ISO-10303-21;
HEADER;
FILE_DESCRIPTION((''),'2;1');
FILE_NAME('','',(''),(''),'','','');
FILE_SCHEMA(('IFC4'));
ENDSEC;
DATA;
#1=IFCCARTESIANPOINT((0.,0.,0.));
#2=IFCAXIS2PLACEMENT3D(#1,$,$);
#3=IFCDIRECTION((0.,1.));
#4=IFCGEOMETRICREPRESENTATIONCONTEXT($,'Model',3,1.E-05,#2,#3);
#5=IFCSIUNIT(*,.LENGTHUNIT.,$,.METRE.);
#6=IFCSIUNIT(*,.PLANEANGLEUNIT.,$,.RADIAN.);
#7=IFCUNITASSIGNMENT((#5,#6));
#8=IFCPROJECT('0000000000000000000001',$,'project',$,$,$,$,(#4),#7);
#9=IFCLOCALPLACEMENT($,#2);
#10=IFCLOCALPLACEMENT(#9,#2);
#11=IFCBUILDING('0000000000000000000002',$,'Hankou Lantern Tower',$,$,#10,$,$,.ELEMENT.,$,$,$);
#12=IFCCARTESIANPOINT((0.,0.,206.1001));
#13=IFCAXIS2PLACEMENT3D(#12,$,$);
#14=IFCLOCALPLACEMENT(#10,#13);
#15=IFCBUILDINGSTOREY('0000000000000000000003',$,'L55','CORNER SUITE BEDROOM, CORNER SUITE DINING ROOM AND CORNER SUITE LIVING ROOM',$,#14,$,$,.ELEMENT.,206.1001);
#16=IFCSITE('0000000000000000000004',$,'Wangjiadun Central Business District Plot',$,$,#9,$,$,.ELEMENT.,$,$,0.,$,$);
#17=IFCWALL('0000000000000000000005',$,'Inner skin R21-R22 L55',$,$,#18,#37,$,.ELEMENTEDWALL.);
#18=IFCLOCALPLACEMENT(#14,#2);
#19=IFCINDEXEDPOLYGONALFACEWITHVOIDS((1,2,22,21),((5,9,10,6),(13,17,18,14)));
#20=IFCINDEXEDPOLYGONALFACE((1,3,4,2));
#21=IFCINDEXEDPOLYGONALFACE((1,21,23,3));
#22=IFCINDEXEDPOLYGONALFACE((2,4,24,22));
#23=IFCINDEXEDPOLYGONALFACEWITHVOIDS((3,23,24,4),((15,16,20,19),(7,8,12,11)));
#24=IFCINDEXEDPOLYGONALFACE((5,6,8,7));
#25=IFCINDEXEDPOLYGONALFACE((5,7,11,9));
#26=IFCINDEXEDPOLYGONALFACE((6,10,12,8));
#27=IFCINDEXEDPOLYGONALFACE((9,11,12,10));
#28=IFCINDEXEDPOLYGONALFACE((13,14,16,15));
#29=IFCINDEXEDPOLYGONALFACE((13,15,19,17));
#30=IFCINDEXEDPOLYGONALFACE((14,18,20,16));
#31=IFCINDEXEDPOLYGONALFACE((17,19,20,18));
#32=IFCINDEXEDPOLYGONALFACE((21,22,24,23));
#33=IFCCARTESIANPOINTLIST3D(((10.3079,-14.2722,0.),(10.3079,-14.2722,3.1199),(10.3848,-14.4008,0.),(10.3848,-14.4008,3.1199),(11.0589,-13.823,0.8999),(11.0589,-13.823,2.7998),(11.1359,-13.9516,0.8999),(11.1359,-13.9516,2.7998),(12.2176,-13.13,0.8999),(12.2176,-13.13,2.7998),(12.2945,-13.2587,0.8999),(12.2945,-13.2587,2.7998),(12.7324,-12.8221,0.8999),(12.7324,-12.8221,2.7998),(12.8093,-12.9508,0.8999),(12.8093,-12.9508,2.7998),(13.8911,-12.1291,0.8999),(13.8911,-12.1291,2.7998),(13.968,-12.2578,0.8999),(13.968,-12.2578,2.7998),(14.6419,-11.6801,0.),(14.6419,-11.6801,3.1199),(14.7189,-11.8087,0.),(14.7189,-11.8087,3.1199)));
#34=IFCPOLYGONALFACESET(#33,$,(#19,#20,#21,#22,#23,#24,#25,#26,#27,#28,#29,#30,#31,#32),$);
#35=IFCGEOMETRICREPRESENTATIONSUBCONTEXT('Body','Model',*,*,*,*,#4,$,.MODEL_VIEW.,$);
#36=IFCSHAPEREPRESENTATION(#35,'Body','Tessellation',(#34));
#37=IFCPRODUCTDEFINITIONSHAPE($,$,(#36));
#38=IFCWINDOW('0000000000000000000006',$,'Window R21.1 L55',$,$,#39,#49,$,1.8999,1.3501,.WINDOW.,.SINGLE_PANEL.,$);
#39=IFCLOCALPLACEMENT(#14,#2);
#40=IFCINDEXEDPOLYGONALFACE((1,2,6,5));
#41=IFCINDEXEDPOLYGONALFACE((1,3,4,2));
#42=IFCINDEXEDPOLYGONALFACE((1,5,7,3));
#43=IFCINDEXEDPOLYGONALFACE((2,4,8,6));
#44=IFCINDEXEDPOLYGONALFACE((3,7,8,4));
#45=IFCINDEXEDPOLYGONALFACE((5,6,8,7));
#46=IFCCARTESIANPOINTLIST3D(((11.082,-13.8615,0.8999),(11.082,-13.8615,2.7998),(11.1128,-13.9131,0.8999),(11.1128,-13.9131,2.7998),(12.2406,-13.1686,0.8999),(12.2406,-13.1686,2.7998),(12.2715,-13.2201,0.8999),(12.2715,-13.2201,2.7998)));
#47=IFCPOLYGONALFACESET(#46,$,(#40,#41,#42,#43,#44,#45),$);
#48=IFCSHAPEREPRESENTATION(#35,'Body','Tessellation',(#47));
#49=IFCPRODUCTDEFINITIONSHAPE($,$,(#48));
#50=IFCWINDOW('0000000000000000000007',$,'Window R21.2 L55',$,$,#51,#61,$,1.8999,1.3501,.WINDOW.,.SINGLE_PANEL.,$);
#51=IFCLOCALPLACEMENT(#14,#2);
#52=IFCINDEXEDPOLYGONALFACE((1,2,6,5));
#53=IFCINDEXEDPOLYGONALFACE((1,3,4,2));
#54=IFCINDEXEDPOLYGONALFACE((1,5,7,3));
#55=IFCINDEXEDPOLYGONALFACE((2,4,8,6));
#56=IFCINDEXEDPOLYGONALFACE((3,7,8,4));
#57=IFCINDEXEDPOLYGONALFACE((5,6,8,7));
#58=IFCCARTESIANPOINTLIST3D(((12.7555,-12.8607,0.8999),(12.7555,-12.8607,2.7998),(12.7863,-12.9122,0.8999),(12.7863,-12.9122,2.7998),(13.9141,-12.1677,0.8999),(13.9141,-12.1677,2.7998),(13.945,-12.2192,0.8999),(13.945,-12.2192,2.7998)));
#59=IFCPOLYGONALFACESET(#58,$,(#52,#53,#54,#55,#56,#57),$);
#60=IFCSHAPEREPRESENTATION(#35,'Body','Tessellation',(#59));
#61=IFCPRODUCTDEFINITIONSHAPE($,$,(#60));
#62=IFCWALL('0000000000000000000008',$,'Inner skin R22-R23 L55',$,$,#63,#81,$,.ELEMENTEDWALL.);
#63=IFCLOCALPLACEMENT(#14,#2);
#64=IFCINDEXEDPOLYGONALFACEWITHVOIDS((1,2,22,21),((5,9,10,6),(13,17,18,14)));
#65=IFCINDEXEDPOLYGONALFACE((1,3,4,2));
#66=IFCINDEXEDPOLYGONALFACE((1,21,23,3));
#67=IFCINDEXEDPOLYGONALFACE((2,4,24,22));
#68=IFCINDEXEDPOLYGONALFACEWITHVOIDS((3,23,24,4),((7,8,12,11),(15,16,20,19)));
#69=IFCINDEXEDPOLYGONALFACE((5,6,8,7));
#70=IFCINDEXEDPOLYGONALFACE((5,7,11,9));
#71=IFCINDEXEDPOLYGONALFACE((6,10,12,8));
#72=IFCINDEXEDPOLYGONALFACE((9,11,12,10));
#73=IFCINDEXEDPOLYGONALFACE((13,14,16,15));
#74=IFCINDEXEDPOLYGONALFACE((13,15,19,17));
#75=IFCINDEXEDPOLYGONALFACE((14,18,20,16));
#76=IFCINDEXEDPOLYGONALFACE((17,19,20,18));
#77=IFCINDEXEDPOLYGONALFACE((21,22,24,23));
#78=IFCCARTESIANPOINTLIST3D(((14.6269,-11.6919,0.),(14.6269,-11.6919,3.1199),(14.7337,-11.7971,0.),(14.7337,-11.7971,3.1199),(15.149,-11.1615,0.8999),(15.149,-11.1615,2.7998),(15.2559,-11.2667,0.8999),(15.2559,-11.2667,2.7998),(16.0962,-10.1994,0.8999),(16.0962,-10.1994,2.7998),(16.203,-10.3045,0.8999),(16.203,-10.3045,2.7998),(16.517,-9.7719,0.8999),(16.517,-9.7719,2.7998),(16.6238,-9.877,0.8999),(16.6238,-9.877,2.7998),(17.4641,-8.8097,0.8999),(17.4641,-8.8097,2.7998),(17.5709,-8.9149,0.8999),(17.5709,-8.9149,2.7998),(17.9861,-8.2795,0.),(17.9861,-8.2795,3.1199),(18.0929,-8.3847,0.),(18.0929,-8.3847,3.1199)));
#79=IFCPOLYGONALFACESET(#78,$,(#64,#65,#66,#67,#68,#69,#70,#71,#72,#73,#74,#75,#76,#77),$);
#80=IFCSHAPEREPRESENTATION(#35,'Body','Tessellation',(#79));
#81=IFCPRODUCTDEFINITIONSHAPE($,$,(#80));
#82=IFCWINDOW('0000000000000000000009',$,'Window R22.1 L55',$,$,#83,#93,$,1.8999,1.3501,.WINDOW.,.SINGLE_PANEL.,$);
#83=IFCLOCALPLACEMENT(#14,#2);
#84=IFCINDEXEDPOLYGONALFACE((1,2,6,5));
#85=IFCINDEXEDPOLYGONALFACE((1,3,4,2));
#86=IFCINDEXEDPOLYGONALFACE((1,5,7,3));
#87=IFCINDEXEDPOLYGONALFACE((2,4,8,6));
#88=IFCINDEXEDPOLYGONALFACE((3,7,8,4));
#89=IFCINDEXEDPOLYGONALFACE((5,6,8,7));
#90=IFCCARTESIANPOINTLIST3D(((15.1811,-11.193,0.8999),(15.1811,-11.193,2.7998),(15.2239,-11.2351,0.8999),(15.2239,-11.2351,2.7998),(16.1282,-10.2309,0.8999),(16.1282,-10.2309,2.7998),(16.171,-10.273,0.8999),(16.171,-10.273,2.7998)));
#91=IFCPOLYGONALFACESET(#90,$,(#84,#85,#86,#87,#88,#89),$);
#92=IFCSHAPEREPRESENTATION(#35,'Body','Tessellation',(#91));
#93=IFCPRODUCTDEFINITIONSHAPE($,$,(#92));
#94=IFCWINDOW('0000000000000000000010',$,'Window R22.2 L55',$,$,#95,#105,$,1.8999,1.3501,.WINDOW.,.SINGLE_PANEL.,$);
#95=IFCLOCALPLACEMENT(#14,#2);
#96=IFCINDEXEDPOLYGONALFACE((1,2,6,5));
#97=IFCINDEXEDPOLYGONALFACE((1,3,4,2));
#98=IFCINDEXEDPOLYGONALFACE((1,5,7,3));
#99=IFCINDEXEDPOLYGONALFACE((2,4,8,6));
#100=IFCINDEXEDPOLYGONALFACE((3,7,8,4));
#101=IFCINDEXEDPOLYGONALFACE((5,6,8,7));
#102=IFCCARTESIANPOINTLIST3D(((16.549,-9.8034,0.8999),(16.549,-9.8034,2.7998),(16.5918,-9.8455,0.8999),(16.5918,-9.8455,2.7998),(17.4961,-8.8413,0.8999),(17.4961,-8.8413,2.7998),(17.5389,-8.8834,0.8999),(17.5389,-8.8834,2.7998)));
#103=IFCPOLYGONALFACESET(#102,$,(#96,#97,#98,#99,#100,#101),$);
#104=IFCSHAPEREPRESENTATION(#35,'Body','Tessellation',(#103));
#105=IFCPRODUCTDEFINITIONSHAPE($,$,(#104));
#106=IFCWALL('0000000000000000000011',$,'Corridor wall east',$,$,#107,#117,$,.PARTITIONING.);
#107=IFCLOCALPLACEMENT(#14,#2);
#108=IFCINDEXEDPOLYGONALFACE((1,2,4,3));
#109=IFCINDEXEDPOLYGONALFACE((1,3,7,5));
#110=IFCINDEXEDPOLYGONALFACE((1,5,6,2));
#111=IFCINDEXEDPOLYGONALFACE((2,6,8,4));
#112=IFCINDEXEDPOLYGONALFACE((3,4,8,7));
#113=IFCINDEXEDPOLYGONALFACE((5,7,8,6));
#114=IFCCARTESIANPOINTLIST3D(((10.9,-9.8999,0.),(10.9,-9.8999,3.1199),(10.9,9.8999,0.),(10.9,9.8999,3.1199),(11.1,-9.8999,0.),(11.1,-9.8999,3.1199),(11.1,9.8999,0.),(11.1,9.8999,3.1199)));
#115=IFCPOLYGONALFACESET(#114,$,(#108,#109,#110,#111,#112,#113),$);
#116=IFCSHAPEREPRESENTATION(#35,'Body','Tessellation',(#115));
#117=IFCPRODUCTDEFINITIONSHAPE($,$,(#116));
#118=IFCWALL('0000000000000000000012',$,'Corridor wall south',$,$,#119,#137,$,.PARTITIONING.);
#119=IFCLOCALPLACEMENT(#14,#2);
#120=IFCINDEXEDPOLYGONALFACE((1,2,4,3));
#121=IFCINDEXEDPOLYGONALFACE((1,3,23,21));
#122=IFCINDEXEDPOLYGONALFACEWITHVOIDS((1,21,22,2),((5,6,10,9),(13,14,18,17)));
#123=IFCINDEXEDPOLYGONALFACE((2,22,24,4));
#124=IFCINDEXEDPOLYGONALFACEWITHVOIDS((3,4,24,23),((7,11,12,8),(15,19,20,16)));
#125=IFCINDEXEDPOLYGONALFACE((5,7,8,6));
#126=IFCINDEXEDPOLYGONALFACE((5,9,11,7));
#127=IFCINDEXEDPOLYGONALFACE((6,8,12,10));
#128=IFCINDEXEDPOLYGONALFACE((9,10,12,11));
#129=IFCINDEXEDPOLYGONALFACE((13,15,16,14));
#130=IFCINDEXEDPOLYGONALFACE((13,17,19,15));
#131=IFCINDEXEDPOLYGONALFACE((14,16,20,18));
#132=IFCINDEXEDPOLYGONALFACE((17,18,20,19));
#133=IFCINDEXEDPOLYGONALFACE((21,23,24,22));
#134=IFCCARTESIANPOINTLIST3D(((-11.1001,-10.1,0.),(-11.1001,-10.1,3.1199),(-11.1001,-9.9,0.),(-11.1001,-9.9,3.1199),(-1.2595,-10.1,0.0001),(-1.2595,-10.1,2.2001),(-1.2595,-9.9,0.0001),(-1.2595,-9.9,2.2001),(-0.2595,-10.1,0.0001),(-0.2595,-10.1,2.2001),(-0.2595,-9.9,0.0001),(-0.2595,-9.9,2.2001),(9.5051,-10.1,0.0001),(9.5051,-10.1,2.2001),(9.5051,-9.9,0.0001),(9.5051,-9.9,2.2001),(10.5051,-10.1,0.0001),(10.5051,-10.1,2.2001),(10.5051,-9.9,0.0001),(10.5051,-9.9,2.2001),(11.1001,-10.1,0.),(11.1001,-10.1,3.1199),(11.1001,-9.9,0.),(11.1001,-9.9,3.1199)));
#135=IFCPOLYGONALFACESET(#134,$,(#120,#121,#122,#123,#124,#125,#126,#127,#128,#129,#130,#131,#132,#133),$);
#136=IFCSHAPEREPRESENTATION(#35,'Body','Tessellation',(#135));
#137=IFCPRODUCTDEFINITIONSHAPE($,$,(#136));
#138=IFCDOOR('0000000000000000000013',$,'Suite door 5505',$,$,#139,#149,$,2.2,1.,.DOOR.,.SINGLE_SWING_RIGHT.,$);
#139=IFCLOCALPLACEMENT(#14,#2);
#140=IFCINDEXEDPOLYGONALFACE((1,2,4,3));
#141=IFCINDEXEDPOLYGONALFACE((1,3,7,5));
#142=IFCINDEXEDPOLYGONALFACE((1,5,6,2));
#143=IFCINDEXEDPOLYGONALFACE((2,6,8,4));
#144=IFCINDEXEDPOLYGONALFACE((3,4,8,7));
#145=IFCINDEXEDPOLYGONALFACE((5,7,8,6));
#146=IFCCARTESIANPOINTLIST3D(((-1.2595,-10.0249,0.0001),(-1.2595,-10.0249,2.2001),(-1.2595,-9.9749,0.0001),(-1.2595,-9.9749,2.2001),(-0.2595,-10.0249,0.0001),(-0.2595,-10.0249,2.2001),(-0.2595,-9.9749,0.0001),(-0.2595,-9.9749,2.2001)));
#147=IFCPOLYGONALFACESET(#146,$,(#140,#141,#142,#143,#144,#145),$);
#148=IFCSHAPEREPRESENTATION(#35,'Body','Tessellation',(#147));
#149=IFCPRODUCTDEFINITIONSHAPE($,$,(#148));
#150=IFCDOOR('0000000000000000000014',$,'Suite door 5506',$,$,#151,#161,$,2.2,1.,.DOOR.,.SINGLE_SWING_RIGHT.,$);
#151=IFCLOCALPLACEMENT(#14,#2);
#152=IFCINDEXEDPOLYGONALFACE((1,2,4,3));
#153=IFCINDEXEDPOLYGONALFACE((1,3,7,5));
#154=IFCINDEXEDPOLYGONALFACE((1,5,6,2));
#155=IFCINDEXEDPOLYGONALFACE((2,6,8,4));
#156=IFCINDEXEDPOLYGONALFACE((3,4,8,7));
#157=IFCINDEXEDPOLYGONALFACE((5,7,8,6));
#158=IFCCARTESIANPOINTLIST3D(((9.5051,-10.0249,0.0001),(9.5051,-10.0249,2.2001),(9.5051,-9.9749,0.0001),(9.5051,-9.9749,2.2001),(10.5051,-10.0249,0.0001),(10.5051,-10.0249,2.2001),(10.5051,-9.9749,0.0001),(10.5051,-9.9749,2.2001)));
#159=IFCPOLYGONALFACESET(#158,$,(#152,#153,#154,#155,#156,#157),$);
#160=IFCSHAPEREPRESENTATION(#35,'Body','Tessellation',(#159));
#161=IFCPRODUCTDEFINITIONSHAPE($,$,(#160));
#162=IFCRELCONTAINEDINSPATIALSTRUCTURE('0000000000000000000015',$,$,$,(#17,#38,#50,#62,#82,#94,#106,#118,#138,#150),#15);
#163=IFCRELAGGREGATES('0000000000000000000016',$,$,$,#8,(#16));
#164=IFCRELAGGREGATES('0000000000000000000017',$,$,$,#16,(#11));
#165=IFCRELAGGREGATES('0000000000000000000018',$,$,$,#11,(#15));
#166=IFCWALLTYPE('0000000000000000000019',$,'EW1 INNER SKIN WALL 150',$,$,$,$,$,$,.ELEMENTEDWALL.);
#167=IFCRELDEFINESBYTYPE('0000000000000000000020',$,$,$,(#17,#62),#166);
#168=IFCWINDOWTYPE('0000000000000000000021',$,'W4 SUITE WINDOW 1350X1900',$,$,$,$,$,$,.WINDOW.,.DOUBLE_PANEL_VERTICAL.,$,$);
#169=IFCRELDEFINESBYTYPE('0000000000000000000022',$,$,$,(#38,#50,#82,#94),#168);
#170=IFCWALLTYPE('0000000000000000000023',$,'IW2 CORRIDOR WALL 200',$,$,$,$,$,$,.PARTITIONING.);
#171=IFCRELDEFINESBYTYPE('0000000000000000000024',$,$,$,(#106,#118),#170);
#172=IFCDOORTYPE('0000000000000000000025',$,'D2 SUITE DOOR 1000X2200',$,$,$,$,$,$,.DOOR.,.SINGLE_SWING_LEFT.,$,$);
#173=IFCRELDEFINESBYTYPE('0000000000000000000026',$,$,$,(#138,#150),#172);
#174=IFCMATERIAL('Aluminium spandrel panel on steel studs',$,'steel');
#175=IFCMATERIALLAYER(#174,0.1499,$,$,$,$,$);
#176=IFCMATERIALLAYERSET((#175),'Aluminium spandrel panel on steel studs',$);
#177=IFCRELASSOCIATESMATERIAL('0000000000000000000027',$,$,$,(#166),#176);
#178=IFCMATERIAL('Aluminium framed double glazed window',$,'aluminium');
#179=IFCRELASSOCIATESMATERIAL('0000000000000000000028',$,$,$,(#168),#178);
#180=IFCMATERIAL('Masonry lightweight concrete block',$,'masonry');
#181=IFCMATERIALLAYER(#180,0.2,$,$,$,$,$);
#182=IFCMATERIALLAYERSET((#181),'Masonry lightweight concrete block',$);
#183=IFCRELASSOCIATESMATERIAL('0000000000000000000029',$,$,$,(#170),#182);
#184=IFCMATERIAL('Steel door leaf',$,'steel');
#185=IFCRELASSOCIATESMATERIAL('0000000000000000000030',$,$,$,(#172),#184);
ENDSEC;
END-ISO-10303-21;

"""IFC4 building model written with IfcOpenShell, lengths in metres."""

from ifc_helpers import new_model, si_unit, direction, frame, frame_2d, origin, place, context, subcontext, project, spatial, rectangle, extrude, material, layer, layer_set, type_object, element, fill, save


model = new_model("IFC4")

# Units and contexts
model_context = context("Model", 3, precision=1e-05, world=origin(), true_north=direction((0.0, 1.0)))
body_context = subcontext(model_context, "Body", "Model", "MODEL_VIEW")
ifc_project = project(units=[si_unit("LENGTHUNIT", "METRE"), si_unit("PLANEANGLEUNIT", "RADIAN")], contexts=[model_context])

# Site, building, storey
site_placement = place(None, origin())
site = spatial("IfcSite", under=ifc_project, at=site_placement, Name="Wangjiadun Central Business District Plot", CompositionType="ELEMENT", RefElevation=0.0)
building_placement = place(site_placement, origin())
building = spatial("IfcBuilding", under=site, at=building_placement, Name="Hankou Lantern Tower", CompositionType="ELEMENT")
storey_placement = place(building_placement, frame((0.0, 0.0, 206.1001)))
storey = spatial("IfcBuildingStorey", under=building, at=storey_placement, Name="L55", Description="CORNER SUITE BEDROOM, CORNER SUITE DINING ROOM AND CORNER SUITE LIVING ROOM", CompositionType="ELEMENT", Elevation=206.1001)

# Walls, openings, windows
ifc_material_1 = material(Name="Aluminium spandrel panel on steel studs", Category="steel")
ifc_layer_1 = layer(ifc_material_1, 0.1499)
ifc_layer_set_1 = layer_set([ifc_layer_1], Name="Aluminium spandrel panel on steel studs")
wall_type_1 = type_object("IfcWallType", Name="EW1 INNER SKIN WALL 150", PredefinedType="ELEMENTEDWALL", material=ifc_layer_set_1)
wall_1_placement = place(storey_placement, frame((10.3464, -14.3364, 0.0), z_axis=(0.0, 0.0, 1.0), x_axis=(0.858222, 0.51328, 0.0)))
wall_1 = element("IfcWall", 1, at=wall_1_placement, inside=storey, type_object=wall_type_1, Name="Inner skin R21-R22 L55", PredefinedType="ELEMENTEDWALL", context=body_context, shape_type="SweptSolid", body=[
    extrude(rectangle(XDim=5.05, YDim=0.1499, at=frame_2d((2.5249, 0.0))), origin(), (0.0, 0.0, 1.0), 3.1199),
])
opening_1_placement = place(wall_1_placement, frame((0.875, 0.0, 0.8999)))
opening_1 = element("IfcOpeningElement", 2, at=opening_1_placement, cuts=wall_1, PredefinedType="OPENING", context=body_context, shape_type="SweptSolid", body=[
    extrude(rectangle(XDim=1.3501, YDim=1.8999, at=frame_2d((0.675, 0.95))), frame((0.0, 0.085, 0.0), z_axis=(0.0, -1.0, 0.0), x_axis=(1.0, 0.0, 0.0)), (0.0, 0.0, 1.0), 0.1699),
])
opening_2_placement = place(wall_1_placement, frame((2.825, 0.0, 0.8999)))
opening_2 = element("IfcOpeningElement", 3, at=opening_2_placement, cuts=wall_1, PredefinedType="OPENING", context=body_context, shape_type="SweptSolid", body=[
    extrude(rectangle(XDim=1.3501, YDim=1.8999, at=frame_2d((0.675, 0.95))), frame((0.0, 0.085, 0.0), z_axis=(0.0, -1.0, 0.0), x_axis=(1.0, 0.0, 0.0)), (0.0, 0.0, 1.0), 0.1699),
])
ifc_material_2 = material(Name="Aluminium framed double glazed window", Category="aluminium")
window_type = type_object("IfcWindowType", Name="W4 SUITE WINDOW 1350X1900", PartitioningType="DOUBLE_PANEL_VERTICAL", PredefinedType="WINDOW", material=ifc_material_2)
window_1_placement = place(opening_1_placement, origin())
window_1 = element("IfcWindow", 4, at=window_1_placement, inside=storey, type_object=window_type, Name="Window R21.1 L55", OverallHeight=1.8999, OverallWidth=1.3501, PartitioningType="SINGLE_PANEL", PredefinedType="WINDOW", context=body_context, shape_type="SweptSolid", body=[
    extrude(rectangle(XDim=1.3501, YDim=1.8999, at=frame_2d((0.675, 0.95))), frame((0.0, 0.03, 0.0), z_axis=(0.0, -1.0, 0.0), x_axis=(1.0, 0.0, 0.0)), (0.0, 0.0, 1.0), 0.0601),
])
fill(opening_1, window_1)
window_2_placement = place(opening_2_placement, origin())
window_2 = element("IfcWindow", 5, at=window_2_placement, inside=storey, type_object=window_type, Name="Window R21.2 L55", OverallHeight=1.8999, OverallWidth=1.3501, PartitioningType="SINGLE_PANEL", PredefinedType="WINDOW", context=body_context, shape_type="SweptSolid", body=[
    extrude(rectangle(XDim=1.3501, YDim=1.8999, at=frame_2d((0.675, 0.95))), frame((0.0, 0.03, 0.0), z_axis=(0.0, -1.0, 0.0), x_axis=(1.0, 0.0, 0.0)), (0.0, 0.0, 1.0), 0.0601),
])
fill(opening_2, window_2)
wall_2_placement = place(storey_placement, frame((14.6804, -11.7444, 0.0), z_axis=(0.0, 0.0, 1.0), x_axis=(0.701527, 0.712643, 0.0)))
wall_2 = element("IfcWall", 6, at=wall_2_placement, inside=storey, type_object=wall_type_1, Name="Inner skin R22-R23 L55", PredefinedType="ELEMENTEDWALL", context=body_context, shape_type="SweptSolid", body=[
    extrude(rectangle(XDim=4.7883, YDim=0.1499, at=frame_2d((2.394, 0.0))), origin(), (0.0, 0.0, 1.0), 3.1199),
])
opening_3_placement = place(wall_2_placement, frame((0.7441, 0.0, 0.8999)))
opening_3 = element("IfcOpeningElement", 7, at=opening_3_placement, cuts=wall_2, PredefinedType="OPENING", context=body_context, shape_type="SweptSolid", body=[
    extrude(rectangle(XDim=1.3501, YDim=1.8999, at=frame_2d((0.675, 0.95))), frame((0.0, 0.085, 0.0), z_axis=(0.0, -1.0, 0.0), x_axis=(1.0, 0.0, 0.0)), (0.0, 0.0, 1.0), 0.1699),
])
opening_4_placement = place(wall_2_placement, frame((2.6941, 0.0, 0.8999)))
opening_4 = element("IfcOpeningElement", 8, at=opening_4_placement, cuts=wall_2, PredefinedType="OPENING", context=body_context, shape_type="SweptSolid", body=[
    extrude(rectangle(XDim=1.3501, YDim=1.8999, at=frame_2d((0.675, 0.95))), frame((0.0, 0.085, 0.0), z_axis=(0.0, -1.0, 0.0), x_axis=(1.0, 0.0, 0.0)), (0.0, 0.0, 1.0), 0.1699),
])
window_3_placement = place(opening_3_placement, origin())
window_3 = element("IfcWindow", 9, at=window_3_placement, inside=storey, type_object=window_type, Name="Window R22.1 L55", OverallHeight=1.8999, OverallWidth=1.3501, PartitioningType="SINGLE_PANEL", PredefinedType="WINDOW", context=body_context, shape_type="SweptSolid", body=[
    extrude(rectangle(XDim=1.3501, YDim=1.8999, at=frame_2d((0.675, 0.95))), frame((0.0, 0.03, 0.0), z_axis=(0.0, -1.0, 0.0), x_axis=(1.0, 0.0, 0.0)), (0.0, 0.0, 1.0), 0.0601),
])
fill(opening_3, window_3)
window_4_placement = place(opening_4_placement, origin())
window_4 = element("IfcWindow", 10, at=window_4_placement, inside=storey, type_object=window_type, Name="Window R22.2 L55", OverallHeight=1.8999, OverallWidth=1.3501, PartitioningType="SINGLE_PANEL", PredefinedType="WINDOW", context=body_context, shape_type="SweptSolid", body=[
    extrude(rectangle(XDim=1.3501, YDim=1.8999, at=frame_2d((0.675, 0.95))), frame((0.0, 0.03, 0.0), z_axis=(0.0, -1.0, 0.0), x_axis=(1.0, 0.0, 0.0)), (0.0, 0.0, 1.0), 0.0601),
])
fill(opening_4, window_4)

# Wall
ifc_material_3 = material(Name="Masonry lightweight concrete block", Category="masonry")
ifc_layer_2 = layer(ifc_material_3, 0.2)
ifc_layer_set_2 = layer_set([ifc_layer_2], Name="Masonry lightweight concrete block")
wall_type_2 = type_object("IfcWallType", Name="IW2 CORRIDOR WALL 200", PredefinedType="PARTITIONING", material=ifc_layer_set_2)
wall_3_placement = place(storey_placement, frame((11.0, -9.8999, 0.0), z_axis=(0.0, 0.0, 1.0), x_axis=(0.0, 1.0, 0.0)))
element("IfcWall", 11, at=wall_3_placement, inside=storey, type_object=wall_type_2, Name="Corridor wall east", PredefinedType="PARTITIONING", context=body_context, shape_type="SweptSolid", body=[
    extrude(rectangle(XDim=19.7998, YDim=0.2, at=frame_2d((9.8999, 0.0))), origin(), (0.0, 0.0, 1.0), 3.1199),
])

# Wall, openings, doors
wall_4_placement = place(storey_placement, frame((11.1001, -10.0, 0.0), z_axis=(0.0, 0.0, 1.0), x_axis=(-1.0, 0.0, 0.0)))
wall_4 = element("IfcWall", 12, at=wall_4_placement, inside=storey, type_object=wall_type_2, Name="Corridor wall south", PredefinedType="PARTITIONING", context=body_context, shape_type="SweptSolid", body=[
    extrude(rectangle(XDim=22.2002, YDim=0.2, at=frame_2d((11.1001, 0.0))), origin(), (0.0, 0.0, 1.0), 3.1199),
])
opening_5_placement = place(wall_4_placement, frame((11.3596, 0.0, 0.0)))
opening_5 = element("IfcOpeningElement", 13, at=opening_5_placement, cuts=wall_4, PredefinedType="OPENING", context=body_context, shape_type="SweptSolid", body=[
    extrude(rectangle(XDim=1.0, YDim=2.2, at=frame_2d((0.5, 1.1001))), frame((0.0, 0.1099, 0.0), z_axis=(0.0, -1.0, 0.0), x_axis=(1.0, 0.0, 0.0)), (0.0, 0.0, 1.0), 0.22),
])
opening_6_placement = place(wall_4_placement, frame((0.595, 0.0, 0.0)))
opening_6 = element("IfcOpeningElement", 14, at=opening_6_placement, cuts=wall_4, PredefinedType="OPENING", context=body_context, shape_type="SweptSolid", body=[
    extrude(rectangle(XDim=1.0, YDim=2.2, at=frame_2d((0.5, 1.1001))), frame((0.0, 0.1099, 0.0), z_axis=(0.0, -1.0, 0.0), x_axis=(1.0, 0.0, 0.0)), (0.0, 0.0, 1.0), 0.22),
])
ifc_material_4 = material(Name="Steel door leaf", Category="steel")
door_type_1 = type_object("IfcDoorType", Name="D2 SUITE DOOR 1000X2200", OperationType="SINGLE_SWING_LEFT", PredefinedType="DOOR", material=ifc_material_4)
door_1_placement = place(opening_5_placement, origin())
door_1 = element("IfcDoor", 15, at=door_1_placement, inside=storey, type_object=door_type_1, Name="Suite door 5505", OperationType="SINGLE_SWING_RIGHT", OverallHeight=2.2, OverallWidth=1.0, PredefinedType="DOOR", context=body_context, shape_type="SweptSolid", body=[
    extrude(rectangle(XDim=1.0, YDim=2.2, at=frame_2d((0.5, 1.1001))), frame((0.0, 0.0249, 0.0), z_axis=(0.0, -1.0, 0.0), x_axis=(1.0, 0.0, 0.0)), (0.0, 0.0, 1.0), 0.05),
])
fill(opening_5, door_1)
door_2_placement = place(opening_6_placement, origin())
door_2 = element("IfcDoor", 16, at=door_2_placement, inside=storey, type_object=door_type_1, Name="Suite door 5506", OperationType="SINGLE_SWING_RIGHT", OverallHeight=2.2, OverallWidth=1.0, PredefinedType="DOOR", context=body_context, shape_type="SweptSolid", body=[
    extrude(rectangle(XDim=1.0, YDim=2.2, at=frame_2d((0.5, 1.1001))), frame((0.0, 0.0249, 0.0), z_axis=(0.0, -1.0, 0.0), x_axis=(1.0, 0.0, 0.0)), (0.0, 0.0, 1.0), 0.05),
])
fill(opening_6, door_2)

save(model, "model.ifc")
